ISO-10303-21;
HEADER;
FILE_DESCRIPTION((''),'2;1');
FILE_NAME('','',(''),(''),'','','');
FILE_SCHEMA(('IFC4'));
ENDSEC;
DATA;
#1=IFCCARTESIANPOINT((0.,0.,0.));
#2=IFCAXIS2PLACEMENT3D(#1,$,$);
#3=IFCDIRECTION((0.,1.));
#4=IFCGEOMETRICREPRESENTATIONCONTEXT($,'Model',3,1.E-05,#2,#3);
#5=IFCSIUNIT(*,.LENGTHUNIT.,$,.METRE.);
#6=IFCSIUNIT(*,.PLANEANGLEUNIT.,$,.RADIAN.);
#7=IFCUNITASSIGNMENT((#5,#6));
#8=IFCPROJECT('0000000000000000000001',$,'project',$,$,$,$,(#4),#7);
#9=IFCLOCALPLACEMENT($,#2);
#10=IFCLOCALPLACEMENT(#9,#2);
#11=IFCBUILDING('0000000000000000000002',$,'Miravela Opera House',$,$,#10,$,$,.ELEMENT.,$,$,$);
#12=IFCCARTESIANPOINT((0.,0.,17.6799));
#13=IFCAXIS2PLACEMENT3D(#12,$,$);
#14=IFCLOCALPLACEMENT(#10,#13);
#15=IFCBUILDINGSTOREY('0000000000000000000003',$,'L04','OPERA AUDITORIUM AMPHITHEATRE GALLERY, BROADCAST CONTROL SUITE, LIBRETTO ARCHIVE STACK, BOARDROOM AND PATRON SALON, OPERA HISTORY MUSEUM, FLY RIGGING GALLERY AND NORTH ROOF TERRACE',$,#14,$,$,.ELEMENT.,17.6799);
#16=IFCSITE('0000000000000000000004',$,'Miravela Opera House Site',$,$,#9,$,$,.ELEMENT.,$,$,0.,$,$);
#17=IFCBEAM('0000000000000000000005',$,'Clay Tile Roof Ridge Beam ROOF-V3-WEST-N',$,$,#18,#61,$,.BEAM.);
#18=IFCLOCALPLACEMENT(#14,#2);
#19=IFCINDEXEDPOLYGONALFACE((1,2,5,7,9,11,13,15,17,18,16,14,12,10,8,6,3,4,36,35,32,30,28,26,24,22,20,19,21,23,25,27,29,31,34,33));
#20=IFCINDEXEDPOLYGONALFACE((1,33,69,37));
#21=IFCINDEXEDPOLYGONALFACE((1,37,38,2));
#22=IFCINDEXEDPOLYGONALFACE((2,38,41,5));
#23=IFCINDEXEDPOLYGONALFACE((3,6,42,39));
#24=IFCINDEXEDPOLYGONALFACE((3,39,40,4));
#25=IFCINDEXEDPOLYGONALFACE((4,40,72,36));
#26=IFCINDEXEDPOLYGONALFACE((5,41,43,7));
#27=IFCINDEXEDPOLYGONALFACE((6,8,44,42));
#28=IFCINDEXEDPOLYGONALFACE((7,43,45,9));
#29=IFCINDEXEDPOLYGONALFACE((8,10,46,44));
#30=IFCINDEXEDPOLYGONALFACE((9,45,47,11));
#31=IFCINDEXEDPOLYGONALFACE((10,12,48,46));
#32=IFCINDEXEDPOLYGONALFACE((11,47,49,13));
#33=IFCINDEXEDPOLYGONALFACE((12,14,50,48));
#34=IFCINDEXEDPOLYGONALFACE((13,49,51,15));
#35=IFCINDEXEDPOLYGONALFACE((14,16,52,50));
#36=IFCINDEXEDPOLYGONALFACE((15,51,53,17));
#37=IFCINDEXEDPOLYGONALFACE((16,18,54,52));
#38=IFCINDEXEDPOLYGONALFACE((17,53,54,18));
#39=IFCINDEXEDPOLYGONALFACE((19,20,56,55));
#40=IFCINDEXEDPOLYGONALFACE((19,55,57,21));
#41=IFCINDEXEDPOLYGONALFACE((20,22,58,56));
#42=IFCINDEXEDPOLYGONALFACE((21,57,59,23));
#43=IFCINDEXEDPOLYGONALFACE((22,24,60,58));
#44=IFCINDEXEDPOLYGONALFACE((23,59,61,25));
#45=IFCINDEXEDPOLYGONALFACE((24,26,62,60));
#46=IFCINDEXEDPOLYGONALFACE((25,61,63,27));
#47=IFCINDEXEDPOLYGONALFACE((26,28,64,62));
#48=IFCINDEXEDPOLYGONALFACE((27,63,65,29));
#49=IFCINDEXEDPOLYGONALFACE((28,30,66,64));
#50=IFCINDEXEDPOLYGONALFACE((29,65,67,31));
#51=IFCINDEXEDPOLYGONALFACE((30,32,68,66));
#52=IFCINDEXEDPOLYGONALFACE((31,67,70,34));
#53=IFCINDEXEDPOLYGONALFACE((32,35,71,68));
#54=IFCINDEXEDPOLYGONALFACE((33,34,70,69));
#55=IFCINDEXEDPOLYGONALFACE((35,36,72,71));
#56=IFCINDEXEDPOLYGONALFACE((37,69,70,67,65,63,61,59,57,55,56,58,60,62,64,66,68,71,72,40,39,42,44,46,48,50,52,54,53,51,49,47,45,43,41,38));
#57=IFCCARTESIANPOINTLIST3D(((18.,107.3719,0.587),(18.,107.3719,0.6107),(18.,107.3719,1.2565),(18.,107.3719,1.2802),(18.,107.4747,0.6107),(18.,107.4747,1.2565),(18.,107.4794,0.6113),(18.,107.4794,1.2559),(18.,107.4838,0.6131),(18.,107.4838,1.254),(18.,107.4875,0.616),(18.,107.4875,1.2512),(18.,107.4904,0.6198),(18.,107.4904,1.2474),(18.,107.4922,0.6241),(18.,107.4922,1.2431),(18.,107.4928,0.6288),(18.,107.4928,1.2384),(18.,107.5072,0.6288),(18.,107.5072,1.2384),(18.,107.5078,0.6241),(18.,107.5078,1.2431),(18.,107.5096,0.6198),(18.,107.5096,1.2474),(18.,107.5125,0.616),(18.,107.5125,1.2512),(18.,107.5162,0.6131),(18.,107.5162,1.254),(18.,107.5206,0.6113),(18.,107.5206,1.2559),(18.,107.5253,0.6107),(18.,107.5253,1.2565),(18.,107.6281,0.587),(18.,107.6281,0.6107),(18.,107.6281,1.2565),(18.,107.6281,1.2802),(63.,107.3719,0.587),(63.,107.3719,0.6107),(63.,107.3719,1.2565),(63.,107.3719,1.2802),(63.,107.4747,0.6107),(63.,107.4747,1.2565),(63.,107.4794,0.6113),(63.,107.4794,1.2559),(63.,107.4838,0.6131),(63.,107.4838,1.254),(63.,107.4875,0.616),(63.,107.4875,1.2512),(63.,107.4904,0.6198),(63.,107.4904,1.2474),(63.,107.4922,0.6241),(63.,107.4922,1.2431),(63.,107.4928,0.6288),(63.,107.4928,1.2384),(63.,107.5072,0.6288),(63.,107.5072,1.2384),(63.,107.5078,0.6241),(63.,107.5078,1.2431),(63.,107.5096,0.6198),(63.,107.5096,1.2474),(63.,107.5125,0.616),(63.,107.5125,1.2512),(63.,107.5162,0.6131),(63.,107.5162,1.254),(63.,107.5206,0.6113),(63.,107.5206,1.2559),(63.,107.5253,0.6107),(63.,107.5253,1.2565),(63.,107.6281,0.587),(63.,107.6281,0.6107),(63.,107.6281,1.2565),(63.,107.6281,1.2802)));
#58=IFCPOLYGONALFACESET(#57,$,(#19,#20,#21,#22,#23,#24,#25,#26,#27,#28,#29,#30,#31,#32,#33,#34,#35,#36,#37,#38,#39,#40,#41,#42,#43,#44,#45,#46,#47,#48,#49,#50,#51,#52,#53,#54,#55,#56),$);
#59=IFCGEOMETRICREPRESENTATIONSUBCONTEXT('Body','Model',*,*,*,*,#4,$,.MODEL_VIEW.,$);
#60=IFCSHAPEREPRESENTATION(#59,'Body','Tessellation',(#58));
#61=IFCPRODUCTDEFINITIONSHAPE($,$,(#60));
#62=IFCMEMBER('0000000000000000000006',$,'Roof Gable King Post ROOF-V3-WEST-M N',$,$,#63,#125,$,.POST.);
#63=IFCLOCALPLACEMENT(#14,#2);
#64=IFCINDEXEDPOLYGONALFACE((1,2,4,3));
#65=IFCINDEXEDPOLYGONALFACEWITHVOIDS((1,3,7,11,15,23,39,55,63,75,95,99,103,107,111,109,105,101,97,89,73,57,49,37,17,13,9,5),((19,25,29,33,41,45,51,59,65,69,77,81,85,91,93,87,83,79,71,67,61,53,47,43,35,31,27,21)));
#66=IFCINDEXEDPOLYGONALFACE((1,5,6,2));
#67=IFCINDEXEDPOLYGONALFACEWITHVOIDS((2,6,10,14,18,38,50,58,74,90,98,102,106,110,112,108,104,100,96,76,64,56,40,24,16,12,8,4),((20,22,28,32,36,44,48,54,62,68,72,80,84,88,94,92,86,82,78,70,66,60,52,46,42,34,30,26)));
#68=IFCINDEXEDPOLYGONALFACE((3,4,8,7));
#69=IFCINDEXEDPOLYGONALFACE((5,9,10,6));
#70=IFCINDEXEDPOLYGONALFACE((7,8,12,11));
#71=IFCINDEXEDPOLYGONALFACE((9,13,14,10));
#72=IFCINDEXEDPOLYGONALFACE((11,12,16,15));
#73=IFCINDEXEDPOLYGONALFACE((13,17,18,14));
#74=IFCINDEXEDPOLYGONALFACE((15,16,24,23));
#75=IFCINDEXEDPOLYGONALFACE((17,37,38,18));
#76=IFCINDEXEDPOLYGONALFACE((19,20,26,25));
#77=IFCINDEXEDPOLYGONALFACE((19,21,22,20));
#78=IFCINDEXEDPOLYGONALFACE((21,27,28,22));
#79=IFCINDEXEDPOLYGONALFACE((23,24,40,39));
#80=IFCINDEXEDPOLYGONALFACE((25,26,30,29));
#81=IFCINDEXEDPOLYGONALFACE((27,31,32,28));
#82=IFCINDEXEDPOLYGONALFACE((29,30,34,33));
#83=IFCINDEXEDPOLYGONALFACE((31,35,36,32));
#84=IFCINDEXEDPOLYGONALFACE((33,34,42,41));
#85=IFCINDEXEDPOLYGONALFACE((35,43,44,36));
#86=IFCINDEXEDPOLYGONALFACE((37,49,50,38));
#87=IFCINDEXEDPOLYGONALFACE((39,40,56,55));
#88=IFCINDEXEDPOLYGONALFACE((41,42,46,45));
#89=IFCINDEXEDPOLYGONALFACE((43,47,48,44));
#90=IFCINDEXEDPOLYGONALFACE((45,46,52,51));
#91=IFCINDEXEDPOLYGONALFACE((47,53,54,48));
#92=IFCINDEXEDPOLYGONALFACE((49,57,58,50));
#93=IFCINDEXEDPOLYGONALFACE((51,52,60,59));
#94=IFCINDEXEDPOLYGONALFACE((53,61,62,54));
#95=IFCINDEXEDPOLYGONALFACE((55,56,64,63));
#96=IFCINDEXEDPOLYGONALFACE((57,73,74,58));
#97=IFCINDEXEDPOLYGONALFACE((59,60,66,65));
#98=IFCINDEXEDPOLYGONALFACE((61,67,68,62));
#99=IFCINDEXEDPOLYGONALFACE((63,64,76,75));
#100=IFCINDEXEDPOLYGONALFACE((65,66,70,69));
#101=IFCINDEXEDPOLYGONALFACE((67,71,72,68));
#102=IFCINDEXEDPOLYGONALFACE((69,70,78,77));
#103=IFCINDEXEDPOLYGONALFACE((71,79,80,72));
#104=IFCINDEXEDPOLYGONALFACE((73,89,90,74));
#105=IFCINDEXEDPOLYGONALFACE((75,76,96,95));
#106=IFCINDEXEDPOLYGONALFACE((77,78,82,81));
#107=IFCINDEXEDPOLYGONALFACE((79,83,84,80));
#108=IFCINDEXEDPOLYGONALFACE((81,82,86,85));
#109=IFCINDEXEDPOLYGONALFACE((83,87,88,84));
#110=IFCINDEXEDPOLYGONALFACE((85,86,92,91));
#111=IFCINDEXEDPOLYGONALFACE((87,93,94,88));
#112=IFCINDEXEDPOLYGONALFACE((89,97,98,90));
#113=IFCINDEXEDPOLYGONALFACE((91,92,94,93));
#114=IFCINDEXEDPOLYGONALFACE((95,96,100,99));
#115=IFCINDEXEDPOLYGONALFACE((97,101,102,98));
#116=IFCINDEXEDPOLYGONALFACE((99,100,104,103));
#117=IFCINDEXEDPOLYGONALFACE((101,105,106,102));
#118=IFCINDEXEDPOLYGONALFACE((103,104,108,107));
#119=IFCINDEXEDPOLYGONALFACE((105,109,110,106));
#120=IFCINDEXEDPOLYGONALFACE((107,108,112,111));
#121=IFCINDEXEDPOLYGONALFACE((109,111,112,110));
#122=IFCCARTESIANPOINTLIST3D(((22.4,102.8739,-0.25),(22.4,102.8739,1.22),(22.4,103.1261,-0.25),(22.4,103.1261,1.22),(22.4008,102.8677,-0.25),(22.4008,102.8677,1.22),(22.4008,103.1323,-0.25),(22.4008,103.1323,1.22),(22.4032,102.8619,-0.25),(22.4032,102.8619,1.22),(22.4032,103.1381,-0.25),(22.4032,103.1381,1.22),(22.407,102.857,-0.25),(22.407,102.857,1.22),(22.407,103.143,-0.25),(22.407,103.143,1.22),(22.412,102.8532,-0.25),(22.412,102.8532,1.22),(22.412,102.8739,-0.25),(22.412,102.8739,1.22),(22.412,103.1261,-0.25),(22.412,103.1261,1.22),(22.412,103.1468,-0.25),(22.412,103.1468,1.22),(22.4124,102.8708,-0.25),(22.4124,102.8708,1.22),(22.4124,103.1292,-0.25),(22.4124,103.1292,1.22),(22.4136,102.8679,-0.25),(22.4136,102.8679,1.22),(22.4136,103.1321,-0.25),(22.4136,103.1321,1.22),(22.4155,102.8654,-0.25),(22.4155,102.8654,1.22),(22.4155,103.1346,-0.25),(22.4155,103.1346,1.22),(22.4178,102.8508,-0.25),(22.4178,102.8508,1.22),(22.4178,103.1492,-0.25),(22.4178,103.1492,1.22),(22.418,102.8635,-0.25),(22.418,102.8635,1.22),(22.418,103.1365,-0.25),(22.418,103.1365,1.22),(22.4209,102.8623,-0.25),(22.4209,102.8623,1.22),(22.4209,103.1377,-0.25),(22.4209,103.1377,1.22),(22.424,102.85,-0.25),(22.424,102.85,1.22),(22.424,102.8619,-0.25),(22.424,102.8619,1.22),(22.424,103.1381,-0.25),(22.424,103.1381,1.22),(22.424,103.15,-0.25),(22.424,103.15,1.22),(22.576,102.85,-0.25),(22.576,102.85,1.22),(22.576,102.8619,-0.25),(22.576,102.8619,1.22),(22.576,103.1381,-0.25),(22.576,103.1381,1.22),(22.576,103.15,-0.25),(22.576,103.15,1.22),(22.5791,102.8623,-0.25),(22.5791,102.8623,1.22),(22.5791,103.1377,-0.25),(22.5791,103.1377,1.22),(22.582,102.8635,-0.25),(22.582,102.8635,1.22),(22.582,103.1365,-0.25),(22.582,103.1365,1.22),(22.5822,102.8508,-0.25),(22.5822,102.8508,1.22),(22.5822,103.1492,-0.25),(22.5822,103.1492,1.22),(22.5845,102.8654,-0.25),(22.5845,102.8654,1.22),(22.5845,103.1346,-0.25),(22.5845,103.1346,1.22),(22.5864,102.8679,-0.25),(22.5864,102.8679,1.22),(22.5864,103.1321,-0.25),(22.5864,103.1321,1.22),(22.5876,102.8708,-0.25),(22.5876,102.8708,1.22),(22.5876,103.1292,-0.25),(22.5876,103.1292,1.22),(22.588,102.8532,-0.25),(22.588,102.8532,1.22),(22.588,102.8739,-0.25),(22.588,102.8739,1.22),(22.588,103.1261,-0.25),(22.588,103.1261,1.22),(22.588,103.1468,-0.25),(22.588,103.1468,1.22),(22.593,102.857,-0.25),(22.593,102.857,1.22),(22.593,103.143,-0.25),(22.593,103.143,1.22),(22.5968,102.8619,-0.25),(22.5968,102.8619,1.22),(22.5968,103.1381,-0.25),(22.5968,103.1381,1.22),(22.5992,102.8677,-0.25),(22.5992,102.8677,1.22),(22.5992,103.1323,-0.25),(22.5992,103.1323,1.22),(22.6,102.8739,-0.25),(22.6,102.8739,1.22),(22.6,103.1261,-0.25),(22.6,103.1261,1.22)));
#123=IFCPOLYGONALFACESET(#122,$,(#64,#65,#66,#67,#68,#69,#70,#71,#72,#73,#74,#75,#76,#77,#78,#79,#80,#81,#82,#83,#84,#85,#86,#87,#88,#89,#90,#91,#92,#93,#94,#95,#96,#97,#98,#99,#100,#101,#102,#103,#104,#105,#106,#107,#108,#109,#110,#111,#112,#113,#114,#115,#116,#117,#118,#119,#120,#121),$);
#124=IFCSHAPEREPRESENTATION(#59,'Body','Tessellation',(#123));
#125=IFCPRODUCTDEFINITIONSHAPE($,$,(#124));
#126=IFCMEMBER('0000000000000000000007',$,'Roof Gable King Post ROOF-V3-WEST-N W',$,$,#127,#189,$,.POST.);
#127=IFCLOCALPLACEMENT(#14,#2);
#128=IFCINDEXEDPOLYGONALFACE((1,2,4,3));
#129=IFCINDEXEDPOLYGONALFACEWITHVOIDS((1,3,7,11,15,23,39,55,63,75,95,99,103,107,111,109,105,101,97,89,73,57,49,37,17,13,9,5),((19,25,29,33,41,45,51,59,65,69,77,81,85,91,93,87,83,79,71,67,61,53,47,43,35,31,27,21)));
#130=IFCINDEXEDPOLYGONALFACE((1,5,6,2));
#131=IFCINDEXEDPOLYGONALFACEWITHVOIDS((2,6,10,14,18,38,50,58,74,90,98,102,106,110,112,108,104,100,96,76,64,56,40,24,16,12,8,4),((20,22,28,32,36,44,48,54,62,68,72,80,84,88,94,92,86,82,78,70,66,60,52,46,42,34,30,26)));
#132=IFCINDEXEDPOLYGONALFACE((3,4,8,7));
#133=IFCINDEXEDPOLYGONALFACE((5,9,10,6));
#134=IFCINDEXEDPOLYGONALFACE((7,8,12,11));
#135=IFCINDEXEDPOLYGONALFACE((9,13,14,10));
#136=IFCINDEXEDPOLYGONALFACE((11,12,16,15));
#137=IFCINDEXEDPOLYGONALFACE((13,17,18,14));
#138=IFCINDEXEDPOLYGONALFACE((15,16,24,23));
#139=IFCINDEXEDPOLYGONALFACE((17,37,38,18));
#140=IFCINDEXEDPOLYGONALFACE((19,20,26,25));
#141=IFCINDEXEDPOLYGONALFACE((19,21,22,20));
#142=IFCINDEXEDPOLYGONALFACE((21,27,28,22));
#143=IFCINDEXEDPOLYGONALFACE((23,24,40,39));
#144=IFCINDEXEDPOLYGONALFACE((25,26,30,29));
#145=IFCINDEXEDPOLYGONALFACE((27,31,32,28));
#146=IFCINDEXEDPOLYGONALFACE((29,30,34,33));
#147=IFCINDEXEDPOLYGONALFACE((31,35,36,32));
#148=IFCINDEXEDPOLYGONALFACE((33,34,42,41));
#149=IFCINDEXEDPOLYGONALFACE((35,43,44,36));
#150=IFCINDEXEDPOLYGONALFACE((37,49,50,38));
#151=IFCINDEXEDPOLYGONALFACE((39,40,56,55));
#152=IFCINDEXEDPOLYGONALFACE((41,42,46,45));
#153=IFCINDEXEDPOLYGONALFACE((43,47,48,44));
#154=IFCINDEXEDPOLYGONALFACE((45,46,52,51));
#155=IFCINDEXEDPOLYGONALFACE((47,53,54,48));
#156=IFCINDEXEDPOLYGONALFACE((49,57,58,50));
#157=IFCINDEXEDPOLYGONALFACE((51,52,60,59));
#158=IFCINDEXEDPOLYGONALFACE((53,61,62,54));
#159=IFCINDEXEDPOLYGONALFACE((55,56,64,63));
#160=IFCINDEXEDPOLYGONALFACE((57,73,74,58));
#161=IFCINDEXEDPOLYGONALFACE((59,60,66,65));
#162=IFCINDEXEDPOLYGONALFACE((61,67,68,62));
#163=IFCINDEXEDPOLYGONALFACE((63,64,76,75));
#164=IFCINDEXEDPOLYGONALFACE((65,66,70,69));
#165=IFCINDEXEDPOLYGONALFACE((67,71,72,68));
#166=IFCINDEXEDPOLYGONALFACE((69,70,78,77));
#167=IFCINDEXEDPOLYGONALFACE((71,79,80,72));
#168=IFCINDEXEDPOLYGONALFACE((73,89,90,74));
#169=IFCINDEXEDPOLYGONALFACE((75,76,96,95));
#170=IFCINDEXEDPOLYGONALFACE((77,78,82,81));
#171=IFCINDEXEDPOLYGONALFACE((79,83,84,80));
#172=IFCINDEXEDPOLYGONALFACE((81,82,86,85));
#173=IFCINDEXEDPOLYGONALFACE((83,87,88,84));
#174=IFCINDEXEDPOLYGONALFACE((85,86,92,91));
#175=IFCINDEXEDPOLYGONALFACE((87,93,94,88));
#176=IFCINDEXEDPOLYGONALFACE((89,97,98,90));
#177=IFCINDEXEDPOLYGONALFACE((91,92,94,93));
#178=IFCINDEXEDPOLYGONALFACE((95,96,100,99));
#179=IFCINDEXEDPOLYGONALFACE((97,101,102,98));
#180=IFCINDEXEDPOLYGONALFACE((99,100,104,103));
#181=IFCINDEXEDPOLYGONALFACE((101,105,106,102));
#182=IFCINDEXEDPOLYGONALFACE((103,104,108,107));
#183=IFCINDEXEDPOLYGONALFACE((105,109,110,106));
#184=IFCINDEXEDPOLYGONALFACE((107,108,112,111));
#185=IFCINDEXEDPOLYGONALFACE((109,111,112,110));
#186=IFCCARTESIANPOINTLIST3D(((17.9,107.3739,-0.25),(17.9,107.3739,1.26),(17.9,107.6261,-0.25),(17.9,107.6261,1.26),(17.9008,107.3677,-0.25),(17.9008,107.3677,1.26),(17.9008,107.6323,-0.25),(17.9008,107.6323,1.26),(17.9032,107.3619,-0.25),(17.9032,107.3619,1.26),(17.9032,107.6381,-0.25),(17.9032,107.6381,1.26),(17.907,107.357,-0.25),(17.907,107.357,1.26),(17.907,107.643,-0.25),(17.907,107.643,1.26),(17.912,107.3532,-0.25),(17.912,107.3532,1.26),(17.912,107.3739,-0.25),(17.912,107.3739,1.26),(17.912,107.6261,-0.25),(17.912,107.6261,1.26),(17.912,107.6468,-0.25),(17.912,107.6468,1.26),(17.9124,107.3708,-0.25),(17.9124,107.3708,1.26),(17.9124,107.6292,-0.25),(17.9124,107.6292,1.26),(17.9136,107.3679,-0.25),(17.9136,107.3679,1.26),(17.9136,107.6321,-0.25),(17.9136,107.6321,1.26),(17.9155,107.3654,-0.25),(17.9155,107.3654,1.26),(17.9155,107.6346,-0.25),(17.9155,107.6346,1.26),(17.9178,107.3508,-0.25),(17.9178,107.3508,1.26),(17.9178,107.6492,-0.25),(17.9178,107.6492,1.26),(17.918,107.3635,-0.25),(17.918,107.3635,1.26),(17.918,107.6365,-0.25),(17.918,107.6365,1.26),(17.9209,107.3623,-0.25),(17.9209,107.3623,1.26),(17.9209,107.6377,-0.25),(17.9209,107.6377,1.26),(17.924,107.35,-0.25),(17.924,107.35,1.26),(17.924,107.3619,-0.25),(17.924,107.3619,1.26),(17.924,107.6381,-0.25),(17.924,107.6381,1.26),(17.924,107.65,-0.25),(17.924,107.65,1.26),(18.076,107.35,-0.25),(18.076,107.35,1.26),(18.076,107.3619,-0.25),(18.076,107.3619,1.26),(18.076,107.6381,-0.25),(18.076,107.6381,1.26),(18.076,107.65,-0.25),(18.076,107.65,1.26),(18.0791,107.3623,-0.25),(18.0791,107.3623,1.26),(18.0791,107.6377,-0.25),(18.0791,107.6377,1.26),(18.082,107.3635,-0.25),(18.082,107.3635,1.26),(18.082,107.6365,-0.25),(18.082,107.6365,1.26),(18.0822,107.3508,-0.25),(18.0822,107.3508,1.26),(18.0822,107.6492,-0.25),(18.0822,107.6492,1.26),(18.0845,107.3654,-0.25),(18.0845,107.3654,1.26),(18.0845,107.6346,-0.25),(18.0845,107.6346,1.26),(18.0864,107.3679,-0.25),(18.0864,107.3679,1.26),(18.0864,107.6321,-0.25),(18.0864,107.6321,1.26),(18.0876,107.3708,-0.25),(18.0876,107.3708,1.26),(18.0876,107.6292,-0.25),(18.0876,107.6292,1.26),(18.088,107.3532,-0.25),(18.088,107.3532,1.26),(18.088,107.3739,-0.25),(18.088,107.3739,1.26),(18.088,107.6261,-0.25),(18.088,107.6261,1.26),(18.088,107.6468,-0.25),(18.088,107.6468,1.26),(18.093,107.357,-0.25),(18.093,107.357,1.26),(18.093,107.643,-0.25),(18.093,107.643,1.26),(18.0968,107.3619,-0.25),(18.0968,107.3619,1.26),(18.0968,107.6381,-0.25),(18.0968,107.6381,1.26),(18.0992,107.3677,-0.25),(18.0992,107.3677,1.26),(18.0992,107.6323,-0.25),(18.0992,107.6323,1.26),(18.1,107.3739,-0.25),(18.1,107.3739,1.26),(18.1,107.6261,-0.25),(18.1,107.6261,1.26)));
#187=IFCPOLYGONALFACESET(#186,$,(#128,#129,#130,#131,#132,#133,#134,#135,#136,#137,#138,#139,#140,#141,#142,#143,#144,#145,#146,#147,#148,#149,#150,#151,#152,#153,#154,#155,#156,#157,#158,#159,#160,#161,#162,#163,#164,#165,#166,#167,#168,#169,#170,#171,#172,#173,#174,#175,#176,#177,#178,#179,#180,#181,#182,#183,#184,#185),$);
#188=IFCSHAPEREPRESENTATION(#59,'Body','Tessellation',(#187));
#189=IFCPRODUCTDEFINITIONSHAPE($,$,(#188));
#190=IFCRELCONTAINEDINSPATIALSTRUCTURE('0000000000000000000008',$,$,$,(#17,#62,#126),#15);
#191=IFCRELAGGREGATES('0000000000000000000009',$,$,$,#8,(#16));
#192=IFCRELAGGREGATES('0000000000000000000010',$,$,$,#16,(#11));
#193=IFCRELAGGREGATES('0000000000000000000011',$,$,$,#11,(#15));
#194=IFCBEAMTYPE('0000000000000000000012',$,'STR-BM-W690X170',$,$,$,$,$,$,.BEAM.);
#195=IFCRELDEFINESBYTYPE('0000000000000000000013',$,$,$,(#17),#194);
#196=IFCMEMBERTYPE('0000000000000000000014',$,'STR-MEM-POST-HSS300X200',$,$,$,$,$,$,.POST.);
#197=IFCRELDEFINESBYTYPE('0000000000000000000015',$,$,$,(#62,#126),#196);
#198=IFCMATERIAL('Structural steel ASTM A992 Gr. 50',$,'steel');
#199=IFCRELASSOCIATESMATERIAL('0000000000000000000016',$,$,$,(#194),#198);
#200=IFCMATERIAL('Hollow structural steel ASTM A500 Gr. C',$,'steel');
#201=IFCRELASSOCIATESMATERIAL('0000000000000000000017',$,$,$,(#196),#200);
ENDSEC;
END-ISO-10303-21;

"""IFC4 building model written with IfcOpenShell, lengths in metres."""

from ifc_helpers import new_model, si_unit, direction, frame, origin, origin_2d, place, context, subcontext, project, spatial, hollow_rectangle, i_section, extrude, material, material_profile, profile_set, type_object, element, save


model = new_model("IFC4")

# Units and contexts
model_context = context("Model", 3, precision=1e-05, world=origin(), true_north=direction((0.0, 1.0)))
body_context = subcontext(model_context, "Body", "Model", "MODEL_VIEW")
ifc_project = project(units=[si_unit("LENGTHUNIT", "METRE"), si_unit("PLANEANGLEUNIT", "RADIAN")], contexts=[model_context])

# Site, building, storey
site_placement = place(None, origin())
site = spatial("IfcSite", under=ifc_project, at=site_placement, Name="Miravela Opera House Site", CompositionType="ELEMENT", RefElevation=0.0)
building_placement = place(site_placement, origin())
building = spatial("IfcBuilding", under=site, at=building_placement, Name="Miravela Opera House", CompositionType="ELEMENT")
storey_placement = place(building_placement, frame((0.0, 0.0, 17.6799)))
storey = spatial("IfcBuildingStorey", under=building, at=storey_placement, Name="L04", Description="OPERA AUDITORIUM AMPHITHEATRE GALLERY, BROADCAST CONTROL SUITE, LIBRETTO ARCHIVE STACK, BOARDROOM AND PATRON SALON, OPERA HISTORY MUSEUM, FLY RIGGING GALLERY AND NORTH ROOF TERRACE", CompositionType="ELEMENT", Elevation=17.6799)

# Beam
ifc_material_1 = material(Name="Structural steel ASTM A992 Gr. 50", Category="steel")
ifc_material_profile_1 = material_profile(ifc_material_1, i_section(OverallWidth=0.2561, OverallDepth=0.6931, WebThickness=0.0144, FlangeThickness=0.0237, FilletRadius=0.0181, at=origin_2d()), Name="W690X170")
ifc_profile_set_1 = profile_set([ifc_material_profile_1])
beam_type = type_object("IfcBeamType", Name="STR-BM-W690X170", PredefinedType="BEAM", material=ifc_profile_set_1)
beam_placement = place(storey_placement, frame((18.0, 107.5, 0.9336), z_axis=(1.0, 0.0, 0.0), x_axis=(0.0, 1.0, 0.0)))
element("IfcBeam", 1, at=beam_placement, inside=storey, type_object=beam_type, Name="Clay Tile Roof Ridge Beam ROOF-V3-WEST-N", PredefinedType="BEAM", context=body_context, shape_type="SweptSolid", body=[
    extrude(i_section(OverallWidth=0.2561, OverallDepth=0.6931, WebThickness=0.0144, FlangeThickness=0.0237, FilletRadius=0.0181, at=origin_2d()), origin(), (0.0, 0.0, 1.0), 45.0),
])

# Members
ifc_material_2 = material(Name="Hollow structural steel ASTM A500 Gr. C", Category="steel")
ifc_material_profile_2 = material_profile(ifc_material_2, hollow_rectangle(XDim=0.2, YDim=0.3, WallThickness=0.012, InnerFilletRadius=0.012, OuterFilletRadius=0.0239, at=origin_2d()), Name="HSS300X200X12")
ifc_profile_set_2 = profile_set([ifc_material_profile_2])
member_type_1 = type_object("IfcMemberType", Name="STR-MEM-POST-HSS300X200", PredefinedType="POST", material=ifc_profile_set_2)
member_placement = place(storey_placement, frame((22.5, 103.0, -0.25), z_axis=(0.0, 0.0, 1.0), x_axis=(1.0, 0.0, 0.0)))
element("IfcMember", 2, at=member_placement, inside=storey, type_object=member_type_1, Name="Roof Gable King Post ROOF-V3-WEST-M N", PredefinedType="POST", context=body_context, shape_type="SweptSolid", body=[
    extrude(hollow_rectangle(XDim=0.2, YDim=0.3, WallThickness=0.012, InnerFilletRadius=0.012, OuterFilletRadius=0.0239, at=origin_2d()), origin(), (0.0, 0.0, 1.0), 1.47),
])
for number, where, z_axis, x_axis, name in (
    (3, (18.0, 107.5, -0.25), (0.0, 0.0, 1.0), (1.0, 0.0, 0.0), "Roof Gable King Post ROOF-V3-WEST-N W"),
):
    element("IfcMember", number, at=place(storey_placement, frame(where, z_axis=z_axis, x_axis=x_axis)), inside=storey, type_object=member_type_1, Name=name, PredefinedType="POST", context=body_context, shape_type="SweptSolid", body=[
        extrude(hollow_rectangle(XDim=0.2, YDim=0.3, WallThickness=0.012, InnerFilletRadius=0.012, OuterFilletRadius=0.0239, at=origin_2d()), origin(), (0.0, 0.0, 1.0), 1.51),
    ])

save(model, "model.ifc")
